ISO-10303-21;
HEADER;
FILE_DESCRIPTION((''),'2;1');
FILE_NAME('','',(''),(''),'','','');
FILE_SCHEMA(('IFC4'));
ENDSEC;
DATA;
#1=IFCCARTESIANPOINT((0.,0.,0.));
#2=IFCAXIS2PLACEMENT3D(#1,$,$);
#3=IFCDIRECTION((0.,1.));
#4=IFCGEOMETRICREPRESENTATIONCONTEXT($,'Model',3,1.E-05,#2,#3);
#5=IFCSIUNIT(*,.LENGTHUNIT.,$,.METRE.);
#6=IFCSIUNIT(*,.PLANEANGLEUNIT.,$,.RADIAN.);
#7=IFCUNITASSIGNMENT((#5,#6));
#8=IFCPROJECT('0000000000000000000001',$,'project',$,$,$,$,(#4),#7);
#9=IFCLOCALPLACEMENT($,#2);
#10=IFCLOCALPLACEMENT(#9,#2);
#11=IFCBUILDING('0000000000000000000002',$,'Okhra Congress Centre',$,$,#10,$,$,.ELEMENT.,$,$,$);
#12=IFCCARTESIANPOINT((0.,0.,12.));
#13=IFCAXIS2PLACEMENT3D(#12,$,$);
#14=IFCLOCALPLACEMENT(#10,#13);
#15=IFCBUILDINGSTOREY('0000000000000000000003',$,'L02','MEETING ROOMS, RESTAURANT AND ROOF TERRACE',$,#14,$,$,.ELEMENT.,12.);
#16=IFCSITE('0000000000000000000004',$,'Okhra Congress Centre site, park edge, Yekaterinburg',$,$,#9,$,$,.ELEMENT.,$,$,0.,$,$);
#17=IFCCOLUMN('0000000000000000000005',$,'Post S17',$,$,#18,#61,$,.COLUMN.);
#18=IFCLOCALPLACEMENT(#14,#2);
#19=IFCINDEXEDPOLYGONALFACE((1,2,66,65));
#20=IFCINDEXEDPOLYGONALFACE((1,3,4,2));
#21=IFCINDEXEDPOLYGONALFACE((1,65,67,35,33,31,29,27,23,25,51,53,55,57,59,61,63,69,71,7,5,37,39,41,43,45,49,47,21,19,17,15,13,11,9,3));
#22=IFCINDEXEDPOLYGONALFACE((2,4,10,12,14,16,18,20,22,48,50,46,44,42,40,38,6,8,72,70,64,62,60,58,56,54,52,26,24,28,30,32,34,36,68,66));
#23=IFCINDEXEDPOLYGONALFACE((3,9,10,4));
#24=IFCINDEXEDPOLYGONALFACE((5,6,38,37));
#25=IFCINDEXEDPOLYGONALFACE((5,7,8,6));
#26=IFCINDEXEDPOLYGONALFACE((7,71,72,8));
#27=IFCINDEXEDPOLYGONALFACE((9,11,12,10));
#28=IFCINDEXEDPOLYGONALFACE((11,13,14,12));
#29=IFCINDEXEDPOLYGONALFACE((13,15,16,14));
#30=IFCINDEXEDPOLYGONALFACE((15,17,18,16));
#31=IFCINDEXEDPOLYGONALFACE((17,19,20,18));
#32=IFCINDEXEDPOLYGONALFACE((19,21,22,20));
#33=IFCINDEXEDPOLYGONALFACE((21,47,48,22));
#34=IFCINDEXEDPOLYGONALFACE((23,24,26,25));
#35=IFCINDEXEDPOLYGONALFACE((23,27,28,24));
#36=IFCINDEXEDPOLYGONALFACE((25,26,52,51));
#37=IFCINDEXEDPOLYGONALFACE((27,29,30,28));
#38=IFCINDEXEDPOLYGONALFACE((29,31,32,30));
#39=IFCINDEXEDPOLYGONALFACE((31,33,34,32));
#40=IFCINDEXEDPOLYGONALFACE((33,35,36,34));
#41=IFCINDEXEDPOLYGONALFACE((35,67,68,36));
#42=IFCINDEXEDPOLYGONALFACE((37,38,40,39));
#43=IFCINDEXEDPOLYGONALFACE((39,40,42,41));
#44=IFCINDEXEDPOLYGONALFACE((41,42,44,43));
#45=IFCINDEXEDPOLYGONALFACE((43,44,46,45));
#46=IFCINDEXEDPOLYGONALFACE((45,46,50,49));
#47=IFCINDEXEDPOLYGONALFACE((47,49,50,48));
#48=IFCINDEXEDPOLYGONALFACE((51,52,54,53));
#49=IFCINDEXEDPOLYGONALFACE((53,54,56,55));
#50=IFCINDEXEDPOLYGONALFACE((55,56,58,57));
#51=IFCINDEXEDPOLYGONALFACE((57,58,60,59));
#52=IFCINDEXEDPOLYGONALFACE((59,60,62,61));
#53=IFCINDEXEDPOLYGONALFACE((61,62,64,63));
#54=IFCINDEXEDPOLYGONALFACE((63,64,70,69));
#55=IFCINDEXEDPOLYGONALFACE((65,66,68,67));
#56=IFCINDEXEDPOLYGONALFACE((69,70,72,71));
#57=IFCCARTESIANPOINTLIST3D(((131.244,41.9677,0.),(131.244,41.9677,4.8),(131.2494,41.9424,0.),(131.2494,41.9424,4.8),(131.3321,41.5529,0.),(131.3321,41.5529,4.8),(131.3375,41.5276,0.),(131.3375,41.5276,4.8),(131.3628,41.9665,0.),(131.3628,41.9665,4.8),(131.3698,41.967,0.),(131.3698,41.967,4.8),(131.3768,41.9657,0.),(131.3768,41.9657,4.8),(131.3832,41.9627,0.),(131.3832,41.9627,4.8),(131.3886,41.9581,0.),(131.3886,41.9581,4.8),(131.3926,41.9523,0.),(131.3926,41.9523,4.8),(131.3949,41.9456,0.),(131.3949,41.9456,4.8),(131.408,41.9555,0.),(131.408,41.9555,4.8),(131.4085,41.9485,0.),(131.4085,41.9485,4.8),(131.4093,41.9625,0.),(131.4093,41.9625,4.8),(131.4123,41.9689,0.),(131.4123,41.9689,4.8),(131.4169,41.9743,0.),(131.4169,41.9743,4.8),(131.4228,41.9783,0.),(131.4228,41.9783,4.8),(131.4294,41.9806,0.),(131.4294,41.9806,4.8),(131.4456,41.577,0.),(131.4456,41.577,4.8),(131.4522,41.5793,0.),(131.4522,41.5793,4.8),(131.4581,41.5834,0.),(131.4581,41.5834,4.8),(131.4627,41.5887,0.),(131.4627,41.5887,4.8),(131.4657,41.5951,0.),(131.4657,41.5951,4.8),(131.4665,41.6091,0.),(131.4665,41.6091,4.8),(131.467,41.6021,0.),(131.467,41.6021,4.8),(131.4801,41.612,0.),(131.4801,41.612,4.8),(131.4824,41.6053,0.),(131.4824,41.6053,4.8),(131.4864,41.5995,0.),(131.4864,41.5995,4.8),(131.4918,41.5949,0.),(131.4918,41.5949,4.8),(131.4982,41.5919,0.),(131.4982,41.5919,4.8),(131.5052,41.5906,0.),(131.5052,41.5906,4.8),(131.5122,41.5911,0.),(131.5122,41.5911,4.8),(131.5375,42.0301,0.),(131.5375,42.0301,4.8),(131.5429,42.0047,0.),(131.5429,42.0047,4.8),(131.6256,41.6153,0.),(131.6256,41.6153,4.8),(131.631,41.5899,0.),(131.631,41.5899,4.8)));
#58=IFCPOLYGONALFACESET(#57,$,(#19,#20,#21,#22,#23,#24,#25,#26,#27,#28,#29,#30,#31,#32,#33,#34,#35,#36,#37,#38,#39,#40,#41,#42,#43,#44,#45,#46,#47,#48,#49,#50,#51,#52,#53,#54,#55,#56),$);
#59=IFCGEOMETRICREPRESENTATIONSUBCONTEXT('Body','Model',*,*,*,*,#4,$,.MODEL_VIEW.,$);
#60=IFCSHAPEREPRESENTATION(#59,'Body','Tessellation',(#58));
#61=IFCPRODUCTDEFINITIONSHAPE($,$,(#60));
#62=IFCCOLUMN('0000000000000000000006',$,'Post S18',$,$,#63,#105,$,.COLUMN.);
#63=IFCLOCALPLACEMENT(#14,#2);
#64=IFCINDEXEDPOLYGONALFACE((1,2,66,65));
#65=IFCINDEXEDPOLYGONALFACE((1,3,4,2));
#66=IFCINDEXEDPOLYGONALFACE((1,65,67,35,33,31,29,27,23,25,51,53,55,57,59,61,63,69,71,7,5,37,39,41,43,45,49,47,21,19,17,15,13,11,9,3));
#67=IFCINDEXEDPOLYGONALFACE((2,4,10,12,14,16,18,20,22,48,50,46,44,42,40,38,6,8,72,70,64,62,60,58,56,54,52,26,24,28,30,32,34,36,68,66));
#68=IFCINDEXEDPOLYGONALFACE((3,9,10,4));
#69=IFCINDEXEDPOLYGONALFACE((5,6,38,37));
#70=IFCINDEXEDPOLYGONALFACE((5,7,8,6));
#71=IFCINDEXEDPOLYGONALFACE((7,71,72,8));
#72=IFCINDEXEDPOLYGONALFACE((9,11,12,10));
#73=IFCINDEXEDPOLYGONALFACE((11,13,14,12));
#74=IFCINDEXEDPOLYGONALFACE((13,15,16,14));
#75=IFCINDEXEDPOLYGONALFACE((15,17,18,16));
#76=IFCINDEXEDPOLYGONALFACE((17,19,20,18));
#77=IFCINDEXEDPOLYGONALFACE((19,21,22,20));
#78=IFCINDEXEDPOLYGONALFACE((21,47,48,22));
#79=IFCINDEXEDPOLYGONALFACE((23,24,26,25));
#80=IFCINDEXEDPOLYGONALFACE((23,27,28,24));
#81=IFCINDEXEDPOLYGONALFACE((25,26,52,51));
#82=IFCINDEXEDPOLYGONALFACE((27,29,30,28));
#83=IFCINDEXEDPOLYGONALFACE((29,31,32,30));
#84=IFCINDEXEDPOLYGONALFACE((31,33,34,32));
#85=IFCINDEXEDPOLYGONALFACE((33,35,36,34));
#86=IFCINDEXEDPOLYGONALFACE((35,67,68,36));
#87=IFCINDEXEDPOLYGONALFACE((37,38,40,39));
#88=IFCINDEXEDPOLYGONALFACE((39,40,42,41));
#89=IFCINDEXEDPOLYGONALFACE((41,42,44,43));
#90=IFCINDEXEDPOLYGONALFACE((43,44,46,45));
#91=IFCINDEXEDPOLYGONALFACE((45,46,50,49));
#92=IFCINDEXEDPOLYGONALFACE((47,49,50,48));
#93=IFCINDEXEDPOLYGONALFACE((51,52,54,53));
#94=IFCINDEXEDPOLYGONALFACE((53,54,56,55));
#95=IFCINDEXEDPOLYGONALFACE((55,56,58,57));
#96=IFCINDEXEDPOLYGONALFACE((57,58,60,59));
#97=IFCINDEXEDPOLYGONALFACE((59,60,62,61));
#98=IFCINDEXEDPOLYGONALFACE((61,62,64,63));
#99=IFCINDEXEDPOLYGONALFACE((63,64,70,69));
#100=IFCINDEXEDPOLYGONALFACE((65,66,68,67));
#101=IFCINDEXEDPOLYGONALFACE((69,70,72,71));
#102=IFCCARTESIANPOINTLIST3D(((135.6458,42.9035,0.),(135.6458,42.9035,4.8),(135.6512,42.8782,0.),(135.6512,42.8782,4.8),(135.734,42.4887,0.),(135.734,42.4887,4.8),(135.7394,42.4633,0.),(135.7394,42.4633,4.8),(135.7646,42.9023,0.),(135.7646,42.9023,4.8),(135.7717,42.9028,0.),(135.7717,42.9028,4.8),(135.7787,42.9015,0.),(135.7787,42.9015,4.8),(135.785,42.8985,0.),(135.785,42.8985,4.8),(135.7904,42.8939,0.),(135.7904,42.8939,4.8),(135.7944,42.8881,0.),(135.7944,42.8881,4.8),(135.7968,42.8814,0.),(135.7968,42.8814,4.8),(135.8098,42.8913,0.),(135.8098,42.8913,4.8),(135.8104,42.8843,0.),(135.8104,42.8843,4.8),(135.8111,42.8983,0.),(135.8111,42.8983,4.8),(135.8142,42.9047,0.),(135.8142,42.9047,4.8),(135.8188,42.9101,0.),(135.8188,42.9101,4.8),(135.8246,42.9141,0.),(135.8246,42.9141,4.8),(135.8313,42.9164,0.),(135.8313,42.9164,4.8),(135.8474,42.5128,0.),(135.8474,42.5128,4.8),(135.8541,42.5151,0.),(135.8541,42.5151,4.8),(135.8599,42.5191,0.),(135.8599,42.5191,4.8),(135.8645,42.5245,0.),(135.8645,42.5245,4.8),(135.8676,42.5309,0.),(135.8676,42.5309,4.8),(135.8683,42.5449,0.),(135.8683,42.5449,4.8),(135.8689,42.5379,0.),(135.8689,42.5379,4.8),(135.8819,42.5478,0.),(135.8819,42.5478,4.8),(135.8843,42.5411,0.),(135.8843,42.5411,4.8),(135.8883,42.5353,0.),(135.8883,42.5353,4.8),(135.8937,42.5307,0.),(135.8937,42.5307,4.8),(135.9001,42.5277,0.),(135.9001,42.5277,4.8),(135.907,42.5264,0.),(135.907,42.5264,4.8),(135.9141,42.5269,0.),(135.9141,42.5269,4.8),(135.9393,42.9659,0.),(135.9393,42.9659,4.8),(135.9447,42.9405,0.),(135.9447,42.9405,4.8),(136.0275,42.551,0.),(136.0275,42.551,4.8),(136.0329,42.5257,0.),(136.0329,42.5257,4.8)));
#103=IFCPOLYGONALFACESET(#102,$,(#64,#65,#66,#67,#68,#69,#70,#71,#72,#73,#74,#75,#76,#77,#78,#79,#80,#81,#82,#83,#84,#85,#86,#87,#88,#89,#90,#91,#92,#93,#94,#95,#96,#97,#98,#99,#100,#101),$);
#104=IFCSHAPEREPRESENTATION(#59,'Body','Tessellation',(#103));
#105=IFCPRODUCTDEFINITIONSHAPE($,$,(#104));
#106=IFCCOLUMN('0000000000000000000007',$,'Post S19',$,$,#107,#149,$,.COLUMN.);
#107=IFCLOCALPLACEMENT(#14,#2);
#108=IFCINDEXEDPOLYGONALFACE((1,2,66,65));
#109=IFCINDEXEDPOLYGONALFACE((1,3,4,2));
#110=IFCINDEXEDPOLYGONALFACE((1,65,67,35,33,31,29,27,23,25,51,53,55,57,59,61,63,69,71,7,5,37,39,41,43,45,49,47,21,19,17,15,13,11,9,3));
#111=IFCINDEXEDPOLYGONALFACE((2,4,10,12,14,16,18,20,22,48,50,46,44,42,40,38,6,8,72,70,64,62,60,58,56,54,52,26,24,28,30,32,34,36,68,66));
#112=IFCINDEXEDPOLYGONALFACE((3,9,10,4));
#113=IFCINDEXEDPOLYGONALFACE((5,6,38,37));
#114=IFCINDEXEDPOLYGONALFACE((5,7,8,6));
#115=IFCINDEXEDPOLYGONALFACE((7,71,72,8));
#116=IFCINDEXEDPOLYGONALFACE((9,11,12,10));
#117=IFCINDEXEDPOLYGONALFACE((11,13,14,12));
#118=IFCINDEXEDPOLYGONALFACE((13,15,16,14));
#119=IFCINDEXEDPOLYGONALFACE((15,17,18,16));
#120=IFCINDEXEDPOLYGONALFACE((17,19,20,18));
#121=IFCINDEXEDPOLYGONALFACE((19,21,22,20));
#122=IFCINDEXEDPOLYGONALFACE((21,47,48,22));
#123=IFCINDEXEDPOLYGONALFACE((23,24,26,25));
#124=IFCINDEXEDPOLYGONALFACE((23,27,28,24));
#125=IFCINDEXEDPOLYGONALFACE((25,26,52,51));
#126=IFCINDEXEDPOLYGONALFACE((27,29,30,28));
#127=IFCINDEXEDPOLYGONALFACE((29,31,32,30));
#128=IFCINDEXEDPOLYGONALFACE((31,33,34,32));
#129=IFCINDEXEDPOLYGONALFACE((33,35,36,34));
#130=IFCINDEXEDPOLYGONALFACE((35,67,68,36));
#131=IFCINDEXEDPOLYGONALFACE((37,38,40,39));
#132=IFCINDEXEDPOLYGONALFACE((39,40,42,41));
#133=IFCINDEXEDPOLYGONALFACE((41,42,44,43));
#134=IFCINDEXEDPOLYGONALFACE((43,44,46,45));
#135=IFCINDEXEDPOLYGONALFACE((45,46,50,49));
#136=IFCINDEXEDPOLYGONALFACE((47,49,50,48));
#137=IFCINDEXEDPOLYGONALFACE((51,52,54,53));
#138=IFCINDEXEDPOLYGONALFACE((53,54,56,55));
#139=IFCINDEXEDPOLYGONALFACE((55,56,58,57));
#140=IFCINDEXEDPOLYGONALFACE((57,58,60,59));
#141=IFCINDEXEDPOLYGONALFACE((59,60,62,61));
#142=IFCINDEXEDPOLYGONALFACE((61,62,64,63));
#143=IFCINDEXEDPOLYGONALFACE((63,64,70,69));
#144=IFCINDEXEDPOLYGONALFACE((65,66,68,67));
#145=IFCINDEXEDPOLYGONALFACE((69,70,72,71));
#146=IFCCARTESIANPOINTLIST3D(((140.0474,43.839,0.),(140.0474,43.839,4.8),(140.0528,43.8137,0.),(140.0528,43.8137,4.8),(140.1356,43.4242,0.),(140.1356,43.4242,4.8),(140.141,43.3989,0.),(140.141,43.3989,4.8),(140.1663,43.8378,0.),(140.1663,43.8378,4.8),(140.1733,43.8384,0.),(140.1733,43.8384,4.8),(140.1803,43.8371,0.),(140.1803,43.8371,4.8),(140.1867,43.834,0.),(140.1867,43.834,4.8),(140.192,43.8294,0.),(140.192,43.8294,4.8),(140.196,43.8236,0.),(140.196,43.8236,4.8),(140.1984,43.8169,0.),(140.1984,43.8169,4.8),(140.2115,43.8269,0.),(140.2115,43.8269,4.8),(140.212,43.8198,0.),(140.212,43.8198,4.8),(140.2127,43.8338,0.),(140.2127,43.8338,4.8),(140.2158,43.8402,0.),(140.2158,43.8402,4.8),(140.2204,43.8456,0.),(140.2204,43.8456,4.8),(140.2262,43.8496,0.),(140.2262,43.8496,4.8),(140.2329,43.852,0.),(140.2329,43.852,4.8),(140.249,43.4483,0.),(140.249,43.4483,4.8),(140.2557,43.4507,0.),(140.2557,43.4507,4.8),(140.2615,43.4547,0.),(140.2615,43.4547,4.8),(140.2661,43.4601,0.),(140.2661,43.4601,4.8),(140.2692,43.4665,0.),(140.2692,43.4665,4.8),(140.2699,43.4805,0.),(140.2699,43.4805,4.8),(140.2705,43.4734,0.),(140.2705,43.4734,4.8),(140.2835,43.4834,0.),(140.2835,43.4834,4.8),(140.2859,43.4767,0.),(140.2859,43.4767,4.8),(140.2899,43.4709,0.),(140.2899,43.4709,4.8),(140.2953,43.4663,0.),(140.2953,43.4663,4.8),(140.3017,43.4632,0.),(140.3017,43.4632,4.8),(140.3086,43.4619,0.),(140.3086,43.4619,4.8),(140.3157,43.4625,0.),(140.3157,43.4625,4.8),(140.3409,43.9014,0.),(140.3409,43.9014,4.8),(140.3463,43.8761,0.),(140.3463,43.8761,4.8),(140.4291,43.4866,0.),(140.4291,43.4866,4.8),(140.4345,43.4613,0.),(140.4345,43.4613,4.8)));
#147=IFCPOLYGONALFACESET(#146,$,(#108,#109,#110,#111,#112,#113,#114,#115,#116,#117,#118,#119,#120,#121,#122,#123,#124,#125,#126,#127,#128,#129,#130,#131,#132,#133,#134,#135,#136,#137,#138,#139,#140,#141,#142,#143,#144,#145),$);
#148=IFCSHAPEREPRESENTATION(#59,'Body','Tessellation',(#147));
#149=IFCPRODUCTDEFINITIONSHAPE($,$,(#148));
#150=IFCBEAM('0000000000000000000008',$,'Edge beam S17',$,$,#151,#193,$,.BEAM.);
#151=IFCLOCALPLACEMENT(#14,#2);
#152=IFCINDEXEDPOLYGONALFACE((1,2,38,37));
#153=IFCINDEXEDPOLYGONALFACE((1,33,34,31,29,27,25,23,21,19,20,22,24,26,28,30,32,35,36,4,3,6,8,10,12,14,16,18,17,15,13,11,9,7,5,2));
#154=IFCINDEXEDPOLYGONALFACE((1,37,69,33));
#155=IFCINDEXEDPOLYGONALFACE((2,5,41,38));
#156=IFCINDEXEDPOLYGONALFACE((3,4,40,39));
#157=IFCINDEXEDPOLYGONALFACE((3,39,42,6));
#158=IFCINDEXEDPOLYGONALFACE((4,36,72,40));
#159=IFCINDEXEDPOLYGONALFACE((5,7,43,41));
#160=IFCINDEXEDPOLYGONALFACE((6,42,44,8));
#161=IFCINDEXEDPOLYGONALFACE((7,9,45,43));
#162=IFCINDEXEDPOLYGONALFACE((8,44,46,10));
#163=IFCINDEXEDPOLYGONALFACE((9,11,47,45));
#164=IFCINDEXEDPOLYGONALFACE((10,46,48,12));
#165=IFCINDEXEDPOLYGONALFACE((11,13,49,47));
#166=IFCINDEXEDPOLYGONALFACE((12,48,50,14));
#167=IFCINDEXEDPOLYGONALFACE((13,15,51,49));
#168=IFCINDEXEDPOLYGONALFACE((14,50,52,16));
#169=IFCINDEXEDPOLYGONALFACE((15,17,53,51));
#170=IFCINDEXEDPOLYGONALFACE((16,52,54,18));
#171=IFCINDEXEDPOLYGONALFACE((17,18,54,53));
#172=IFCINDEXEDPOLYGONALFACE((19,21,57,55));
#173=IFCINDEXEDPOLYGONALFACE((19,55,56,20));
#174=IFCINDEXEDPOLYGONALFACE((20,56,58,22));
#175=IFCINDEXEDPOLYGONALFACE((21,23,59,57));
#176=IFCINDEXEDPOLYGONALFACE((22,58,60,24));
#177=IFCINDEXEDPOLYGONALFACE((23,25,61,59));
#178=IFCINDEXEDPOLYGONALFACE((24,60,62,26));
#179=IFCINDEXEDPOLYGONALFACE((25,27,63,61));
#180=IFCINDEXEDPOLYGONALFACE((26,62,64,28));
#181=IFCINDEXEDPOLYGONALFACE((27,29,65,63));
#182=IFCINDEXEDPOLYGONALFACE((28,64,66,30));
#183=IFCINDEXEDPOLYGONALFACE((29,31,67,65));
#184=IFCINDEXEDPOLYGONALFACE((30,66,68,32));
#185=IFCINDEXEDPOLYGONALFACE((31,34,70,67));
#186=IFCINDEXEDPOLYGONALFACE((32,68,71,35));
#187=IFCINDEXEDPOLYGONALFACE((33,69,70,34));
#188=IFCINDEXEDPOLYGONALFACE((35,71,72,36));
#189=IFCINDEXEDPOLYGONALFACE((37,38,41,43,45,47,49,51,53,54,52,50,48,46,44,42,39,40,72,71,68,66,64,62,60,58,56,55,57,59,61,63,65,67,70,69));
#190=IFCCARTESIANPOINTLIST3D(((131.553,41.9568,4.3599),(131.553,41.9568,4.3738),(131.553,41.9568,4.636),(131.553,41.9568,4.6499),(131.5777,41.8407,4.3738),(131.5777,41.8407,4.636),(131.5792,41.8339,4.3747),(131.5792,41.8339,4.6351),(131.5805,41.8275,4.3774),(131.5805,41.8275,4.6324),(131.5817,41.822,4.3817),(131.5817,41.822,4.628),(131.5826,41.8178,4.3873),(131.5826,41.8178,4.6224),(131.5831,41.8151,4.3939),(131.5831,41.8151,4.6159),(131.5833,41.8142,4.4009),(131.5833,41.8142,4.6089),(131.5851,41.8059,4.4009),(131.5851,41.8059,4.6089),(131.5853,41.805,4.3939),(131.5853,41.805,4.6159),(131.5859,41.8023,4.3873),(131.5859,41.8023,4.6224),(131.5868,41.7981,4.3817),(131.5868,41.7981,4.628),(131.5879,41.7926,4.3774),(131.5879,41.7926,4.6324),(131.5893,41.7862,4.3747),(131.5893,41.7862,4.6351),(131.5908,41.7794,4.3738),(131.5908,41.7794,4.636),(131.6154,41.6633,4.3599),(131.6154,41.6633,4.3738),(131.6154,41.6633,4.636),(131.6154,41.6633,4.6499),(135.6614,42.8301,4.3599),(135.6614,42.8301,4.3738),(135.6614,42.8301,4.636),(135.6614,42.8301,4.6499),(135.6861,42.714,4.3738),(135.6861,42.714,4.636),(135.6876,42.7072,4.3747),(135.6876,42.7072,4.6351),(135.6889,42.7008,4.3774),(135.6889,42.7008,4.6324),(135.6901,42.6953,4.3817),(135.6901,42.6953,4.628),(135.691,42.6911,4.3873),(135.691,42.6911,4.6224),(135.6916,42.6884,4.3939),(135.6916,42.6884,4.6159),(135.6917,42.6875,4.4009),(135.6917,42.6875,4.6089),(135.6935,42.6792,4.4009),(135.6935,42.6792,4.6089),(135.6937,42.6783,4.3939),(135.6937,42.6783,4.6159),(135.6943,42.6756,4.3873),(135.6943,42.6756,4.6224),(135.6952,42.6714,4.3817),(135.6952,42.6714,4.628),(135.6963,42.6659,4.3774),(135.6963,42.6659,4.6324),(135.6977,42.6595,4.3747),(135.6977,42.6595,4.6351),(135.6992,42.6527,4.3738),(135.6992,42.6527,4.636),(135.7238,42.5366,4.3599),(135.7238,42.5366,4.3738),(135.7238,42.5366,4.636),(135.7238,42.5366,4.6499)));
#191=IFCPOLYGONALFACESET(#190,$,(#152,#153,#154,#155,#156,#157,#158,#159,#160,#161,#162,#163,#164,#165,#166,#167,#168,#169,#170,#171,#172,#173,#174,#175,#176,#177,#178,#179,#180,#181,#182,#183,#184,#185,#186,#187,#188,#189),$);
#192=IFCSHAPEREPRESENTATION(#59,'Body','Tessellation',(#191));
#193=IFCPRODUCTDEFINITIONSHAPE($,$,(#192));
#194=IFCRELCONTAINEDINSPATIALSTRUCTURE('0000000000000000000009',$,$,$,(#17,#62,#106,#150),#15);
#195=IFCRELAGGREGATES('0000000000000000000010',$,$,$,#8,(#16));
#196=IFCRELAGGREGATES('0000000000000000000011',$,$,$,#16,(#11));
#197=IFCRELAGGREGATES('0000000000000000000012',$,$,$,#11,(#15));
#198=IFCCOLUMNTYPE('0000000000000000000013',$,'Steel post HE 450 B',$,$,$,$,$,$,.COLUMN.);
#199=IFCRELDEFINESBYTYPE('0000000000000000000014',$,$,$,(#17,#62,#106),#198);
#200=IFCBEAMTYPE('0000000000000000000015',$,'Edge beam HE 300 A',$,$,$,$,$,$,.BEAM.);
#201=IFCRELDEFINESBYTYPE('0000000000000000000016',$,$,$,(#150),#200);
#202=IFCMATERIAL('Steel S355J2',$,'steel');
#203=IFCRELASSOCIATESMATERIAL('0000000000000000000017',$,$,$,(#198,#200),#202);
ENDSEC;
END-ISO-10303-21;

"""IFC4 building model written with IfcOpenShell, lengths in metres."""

from ifc_helpers import new_model, si_unit, direction, frame, origin, origin_2d, place, context, subcontext, project, spatial, i_section, extrude, material, material_profile, profile_set, type_object, element, save


model = new_model("IFC4")

# Units and contexts
model_context = context("Model", 3, precision=1e-05, world=origin(), true_north=direction((0.0, 1.0)))
body_context = subcontext(model_context, "Body", "Model", "MODEL_VIEW")
ifc_project = project(units=[si_unit("LENGTHUNIT", "METRE"), si_unit("PLANEANGLEUNIT", "RADIAN")], contexts=[model_context])

# Site, building, storey
site_placement = place(None, origin())
site = spatial("IfcSite", under=ifc_project, at=site_placement, Name="Okhra Congress Centre site, park edge, Yekaterinburg", CompositionType="ELEMENT", RefElevation=0.0)
building_placement = place(site_placement, origin())
building = spatial("IfcBuilding", under=site, at=building_placement, Name="Okhra Congress Centre", CompositionType="ELEMENT")
storey_placement = place(building_placement, frame((0.0, 0.0, 12.0)))
storey = spatial("IfcBuildingStorey", under=building, at=storey_placement, Name="L02", Description="MEETING ROOMS, RESTAURANT AND ROOF TERRACE", CompositionType="ELEMENT", Elevation=12.0)

# Columns
ifc_material_1 = material(Name="Steel S355J2", Category="steel")
ifc_material_profile_1 = material_profile(ifc_material_1, i_section(OverallWidth=0.3, OverallDepth=0.45, WebThickness=0.0139, FlangeThickness=0.0259, FilletRadius=0.0271, at=origin_2d()), Name="HE 450 B")
ifc_profile_set_1 = profile_set([ifc_material_profile_1], Name="Steel S355J2")
column_type = type_object("IfcColumnType", Name="Steel post HE 450 B", PredefinedType="COLUMN", material=ifc_profile_set_1)
for number, where, z_axis, x_axis, name in (
    (1, (131.4375, 41.7788, 0.0), (0.0, 0.0, 1.0), (0.978148, 0.207912, 0.0), "Post S17"),
    (2, (135.8394, 42.7146, 0.0), (0.0, 0.0, 1.0), (0.978148, 0.207912, 0.0), "Post S18"),
    (3, (140.241, 43.6501, 0.0), (0.0, 0.0, 1.0), (0.978148, 0.207912, 0.0), "Post S19"),
):
    element("IfcColumn", number, at=place(storey_placement, frame(where, z_axis=z_axis, x_axis=x_axis)), inside=storey, type_object=column_type, Name=name, PredefinedType="COLUMN", context=body_context, shape_type="SweptSolid", body=[
        extrude(i_section(OverallWidth=0.3, OverallDepth=0.45, WebThickness=0.0139, FlangeThickness=0.0259, FilletRadius=0.0271, at=origin_2d()), origin(), (0.0, 0.0, 1.0), 4.8),
    ])

# Beam
ifc_material_profile_2 = material_profile(ifc_material_1, i_section(OverallWidth=0.3, OverallDepth=0.29, WebThickness=0.0085, FlangeThickness=0.0139, FilletRadius=0.0271, at=origin_2d()), Name="HE 300 A")
ifc_profile_set_2 = profile_set([ifc_material_profile_2], Name="Steel S355J2")
beam_type_1 = type_object("IfcBeamType", Name="Edge beam HE 300 A", PredefinedType="BEAM", material=ifc_profile_set_2)
beam_1_placement = place(storey_placement, frame((131.5842, 41.8101, 4.5049), z_axis=(0.978146, 0.207917, 0.0), x_axis=(-0.207917, 0.978146, 0.0)))
element("IfcBeam", 4, at=beam_1_placement, inside=storey, type_object=beam_type_1, Name="Edge beam S17", PredefinedType="BEAM", context=body_context, shape_type="SweptSolid", body=[
    extrude(i_section(OverallWidth=0.3, OverallDepth=0.29, WebThickness=0.0085, FlangeThickness=0.0139, FilletRadius=0.0271, at=origin_2d()), origin(), (0.0, 0.0, 1.0), 4.2002),
])

save(model, "model.ifc")
